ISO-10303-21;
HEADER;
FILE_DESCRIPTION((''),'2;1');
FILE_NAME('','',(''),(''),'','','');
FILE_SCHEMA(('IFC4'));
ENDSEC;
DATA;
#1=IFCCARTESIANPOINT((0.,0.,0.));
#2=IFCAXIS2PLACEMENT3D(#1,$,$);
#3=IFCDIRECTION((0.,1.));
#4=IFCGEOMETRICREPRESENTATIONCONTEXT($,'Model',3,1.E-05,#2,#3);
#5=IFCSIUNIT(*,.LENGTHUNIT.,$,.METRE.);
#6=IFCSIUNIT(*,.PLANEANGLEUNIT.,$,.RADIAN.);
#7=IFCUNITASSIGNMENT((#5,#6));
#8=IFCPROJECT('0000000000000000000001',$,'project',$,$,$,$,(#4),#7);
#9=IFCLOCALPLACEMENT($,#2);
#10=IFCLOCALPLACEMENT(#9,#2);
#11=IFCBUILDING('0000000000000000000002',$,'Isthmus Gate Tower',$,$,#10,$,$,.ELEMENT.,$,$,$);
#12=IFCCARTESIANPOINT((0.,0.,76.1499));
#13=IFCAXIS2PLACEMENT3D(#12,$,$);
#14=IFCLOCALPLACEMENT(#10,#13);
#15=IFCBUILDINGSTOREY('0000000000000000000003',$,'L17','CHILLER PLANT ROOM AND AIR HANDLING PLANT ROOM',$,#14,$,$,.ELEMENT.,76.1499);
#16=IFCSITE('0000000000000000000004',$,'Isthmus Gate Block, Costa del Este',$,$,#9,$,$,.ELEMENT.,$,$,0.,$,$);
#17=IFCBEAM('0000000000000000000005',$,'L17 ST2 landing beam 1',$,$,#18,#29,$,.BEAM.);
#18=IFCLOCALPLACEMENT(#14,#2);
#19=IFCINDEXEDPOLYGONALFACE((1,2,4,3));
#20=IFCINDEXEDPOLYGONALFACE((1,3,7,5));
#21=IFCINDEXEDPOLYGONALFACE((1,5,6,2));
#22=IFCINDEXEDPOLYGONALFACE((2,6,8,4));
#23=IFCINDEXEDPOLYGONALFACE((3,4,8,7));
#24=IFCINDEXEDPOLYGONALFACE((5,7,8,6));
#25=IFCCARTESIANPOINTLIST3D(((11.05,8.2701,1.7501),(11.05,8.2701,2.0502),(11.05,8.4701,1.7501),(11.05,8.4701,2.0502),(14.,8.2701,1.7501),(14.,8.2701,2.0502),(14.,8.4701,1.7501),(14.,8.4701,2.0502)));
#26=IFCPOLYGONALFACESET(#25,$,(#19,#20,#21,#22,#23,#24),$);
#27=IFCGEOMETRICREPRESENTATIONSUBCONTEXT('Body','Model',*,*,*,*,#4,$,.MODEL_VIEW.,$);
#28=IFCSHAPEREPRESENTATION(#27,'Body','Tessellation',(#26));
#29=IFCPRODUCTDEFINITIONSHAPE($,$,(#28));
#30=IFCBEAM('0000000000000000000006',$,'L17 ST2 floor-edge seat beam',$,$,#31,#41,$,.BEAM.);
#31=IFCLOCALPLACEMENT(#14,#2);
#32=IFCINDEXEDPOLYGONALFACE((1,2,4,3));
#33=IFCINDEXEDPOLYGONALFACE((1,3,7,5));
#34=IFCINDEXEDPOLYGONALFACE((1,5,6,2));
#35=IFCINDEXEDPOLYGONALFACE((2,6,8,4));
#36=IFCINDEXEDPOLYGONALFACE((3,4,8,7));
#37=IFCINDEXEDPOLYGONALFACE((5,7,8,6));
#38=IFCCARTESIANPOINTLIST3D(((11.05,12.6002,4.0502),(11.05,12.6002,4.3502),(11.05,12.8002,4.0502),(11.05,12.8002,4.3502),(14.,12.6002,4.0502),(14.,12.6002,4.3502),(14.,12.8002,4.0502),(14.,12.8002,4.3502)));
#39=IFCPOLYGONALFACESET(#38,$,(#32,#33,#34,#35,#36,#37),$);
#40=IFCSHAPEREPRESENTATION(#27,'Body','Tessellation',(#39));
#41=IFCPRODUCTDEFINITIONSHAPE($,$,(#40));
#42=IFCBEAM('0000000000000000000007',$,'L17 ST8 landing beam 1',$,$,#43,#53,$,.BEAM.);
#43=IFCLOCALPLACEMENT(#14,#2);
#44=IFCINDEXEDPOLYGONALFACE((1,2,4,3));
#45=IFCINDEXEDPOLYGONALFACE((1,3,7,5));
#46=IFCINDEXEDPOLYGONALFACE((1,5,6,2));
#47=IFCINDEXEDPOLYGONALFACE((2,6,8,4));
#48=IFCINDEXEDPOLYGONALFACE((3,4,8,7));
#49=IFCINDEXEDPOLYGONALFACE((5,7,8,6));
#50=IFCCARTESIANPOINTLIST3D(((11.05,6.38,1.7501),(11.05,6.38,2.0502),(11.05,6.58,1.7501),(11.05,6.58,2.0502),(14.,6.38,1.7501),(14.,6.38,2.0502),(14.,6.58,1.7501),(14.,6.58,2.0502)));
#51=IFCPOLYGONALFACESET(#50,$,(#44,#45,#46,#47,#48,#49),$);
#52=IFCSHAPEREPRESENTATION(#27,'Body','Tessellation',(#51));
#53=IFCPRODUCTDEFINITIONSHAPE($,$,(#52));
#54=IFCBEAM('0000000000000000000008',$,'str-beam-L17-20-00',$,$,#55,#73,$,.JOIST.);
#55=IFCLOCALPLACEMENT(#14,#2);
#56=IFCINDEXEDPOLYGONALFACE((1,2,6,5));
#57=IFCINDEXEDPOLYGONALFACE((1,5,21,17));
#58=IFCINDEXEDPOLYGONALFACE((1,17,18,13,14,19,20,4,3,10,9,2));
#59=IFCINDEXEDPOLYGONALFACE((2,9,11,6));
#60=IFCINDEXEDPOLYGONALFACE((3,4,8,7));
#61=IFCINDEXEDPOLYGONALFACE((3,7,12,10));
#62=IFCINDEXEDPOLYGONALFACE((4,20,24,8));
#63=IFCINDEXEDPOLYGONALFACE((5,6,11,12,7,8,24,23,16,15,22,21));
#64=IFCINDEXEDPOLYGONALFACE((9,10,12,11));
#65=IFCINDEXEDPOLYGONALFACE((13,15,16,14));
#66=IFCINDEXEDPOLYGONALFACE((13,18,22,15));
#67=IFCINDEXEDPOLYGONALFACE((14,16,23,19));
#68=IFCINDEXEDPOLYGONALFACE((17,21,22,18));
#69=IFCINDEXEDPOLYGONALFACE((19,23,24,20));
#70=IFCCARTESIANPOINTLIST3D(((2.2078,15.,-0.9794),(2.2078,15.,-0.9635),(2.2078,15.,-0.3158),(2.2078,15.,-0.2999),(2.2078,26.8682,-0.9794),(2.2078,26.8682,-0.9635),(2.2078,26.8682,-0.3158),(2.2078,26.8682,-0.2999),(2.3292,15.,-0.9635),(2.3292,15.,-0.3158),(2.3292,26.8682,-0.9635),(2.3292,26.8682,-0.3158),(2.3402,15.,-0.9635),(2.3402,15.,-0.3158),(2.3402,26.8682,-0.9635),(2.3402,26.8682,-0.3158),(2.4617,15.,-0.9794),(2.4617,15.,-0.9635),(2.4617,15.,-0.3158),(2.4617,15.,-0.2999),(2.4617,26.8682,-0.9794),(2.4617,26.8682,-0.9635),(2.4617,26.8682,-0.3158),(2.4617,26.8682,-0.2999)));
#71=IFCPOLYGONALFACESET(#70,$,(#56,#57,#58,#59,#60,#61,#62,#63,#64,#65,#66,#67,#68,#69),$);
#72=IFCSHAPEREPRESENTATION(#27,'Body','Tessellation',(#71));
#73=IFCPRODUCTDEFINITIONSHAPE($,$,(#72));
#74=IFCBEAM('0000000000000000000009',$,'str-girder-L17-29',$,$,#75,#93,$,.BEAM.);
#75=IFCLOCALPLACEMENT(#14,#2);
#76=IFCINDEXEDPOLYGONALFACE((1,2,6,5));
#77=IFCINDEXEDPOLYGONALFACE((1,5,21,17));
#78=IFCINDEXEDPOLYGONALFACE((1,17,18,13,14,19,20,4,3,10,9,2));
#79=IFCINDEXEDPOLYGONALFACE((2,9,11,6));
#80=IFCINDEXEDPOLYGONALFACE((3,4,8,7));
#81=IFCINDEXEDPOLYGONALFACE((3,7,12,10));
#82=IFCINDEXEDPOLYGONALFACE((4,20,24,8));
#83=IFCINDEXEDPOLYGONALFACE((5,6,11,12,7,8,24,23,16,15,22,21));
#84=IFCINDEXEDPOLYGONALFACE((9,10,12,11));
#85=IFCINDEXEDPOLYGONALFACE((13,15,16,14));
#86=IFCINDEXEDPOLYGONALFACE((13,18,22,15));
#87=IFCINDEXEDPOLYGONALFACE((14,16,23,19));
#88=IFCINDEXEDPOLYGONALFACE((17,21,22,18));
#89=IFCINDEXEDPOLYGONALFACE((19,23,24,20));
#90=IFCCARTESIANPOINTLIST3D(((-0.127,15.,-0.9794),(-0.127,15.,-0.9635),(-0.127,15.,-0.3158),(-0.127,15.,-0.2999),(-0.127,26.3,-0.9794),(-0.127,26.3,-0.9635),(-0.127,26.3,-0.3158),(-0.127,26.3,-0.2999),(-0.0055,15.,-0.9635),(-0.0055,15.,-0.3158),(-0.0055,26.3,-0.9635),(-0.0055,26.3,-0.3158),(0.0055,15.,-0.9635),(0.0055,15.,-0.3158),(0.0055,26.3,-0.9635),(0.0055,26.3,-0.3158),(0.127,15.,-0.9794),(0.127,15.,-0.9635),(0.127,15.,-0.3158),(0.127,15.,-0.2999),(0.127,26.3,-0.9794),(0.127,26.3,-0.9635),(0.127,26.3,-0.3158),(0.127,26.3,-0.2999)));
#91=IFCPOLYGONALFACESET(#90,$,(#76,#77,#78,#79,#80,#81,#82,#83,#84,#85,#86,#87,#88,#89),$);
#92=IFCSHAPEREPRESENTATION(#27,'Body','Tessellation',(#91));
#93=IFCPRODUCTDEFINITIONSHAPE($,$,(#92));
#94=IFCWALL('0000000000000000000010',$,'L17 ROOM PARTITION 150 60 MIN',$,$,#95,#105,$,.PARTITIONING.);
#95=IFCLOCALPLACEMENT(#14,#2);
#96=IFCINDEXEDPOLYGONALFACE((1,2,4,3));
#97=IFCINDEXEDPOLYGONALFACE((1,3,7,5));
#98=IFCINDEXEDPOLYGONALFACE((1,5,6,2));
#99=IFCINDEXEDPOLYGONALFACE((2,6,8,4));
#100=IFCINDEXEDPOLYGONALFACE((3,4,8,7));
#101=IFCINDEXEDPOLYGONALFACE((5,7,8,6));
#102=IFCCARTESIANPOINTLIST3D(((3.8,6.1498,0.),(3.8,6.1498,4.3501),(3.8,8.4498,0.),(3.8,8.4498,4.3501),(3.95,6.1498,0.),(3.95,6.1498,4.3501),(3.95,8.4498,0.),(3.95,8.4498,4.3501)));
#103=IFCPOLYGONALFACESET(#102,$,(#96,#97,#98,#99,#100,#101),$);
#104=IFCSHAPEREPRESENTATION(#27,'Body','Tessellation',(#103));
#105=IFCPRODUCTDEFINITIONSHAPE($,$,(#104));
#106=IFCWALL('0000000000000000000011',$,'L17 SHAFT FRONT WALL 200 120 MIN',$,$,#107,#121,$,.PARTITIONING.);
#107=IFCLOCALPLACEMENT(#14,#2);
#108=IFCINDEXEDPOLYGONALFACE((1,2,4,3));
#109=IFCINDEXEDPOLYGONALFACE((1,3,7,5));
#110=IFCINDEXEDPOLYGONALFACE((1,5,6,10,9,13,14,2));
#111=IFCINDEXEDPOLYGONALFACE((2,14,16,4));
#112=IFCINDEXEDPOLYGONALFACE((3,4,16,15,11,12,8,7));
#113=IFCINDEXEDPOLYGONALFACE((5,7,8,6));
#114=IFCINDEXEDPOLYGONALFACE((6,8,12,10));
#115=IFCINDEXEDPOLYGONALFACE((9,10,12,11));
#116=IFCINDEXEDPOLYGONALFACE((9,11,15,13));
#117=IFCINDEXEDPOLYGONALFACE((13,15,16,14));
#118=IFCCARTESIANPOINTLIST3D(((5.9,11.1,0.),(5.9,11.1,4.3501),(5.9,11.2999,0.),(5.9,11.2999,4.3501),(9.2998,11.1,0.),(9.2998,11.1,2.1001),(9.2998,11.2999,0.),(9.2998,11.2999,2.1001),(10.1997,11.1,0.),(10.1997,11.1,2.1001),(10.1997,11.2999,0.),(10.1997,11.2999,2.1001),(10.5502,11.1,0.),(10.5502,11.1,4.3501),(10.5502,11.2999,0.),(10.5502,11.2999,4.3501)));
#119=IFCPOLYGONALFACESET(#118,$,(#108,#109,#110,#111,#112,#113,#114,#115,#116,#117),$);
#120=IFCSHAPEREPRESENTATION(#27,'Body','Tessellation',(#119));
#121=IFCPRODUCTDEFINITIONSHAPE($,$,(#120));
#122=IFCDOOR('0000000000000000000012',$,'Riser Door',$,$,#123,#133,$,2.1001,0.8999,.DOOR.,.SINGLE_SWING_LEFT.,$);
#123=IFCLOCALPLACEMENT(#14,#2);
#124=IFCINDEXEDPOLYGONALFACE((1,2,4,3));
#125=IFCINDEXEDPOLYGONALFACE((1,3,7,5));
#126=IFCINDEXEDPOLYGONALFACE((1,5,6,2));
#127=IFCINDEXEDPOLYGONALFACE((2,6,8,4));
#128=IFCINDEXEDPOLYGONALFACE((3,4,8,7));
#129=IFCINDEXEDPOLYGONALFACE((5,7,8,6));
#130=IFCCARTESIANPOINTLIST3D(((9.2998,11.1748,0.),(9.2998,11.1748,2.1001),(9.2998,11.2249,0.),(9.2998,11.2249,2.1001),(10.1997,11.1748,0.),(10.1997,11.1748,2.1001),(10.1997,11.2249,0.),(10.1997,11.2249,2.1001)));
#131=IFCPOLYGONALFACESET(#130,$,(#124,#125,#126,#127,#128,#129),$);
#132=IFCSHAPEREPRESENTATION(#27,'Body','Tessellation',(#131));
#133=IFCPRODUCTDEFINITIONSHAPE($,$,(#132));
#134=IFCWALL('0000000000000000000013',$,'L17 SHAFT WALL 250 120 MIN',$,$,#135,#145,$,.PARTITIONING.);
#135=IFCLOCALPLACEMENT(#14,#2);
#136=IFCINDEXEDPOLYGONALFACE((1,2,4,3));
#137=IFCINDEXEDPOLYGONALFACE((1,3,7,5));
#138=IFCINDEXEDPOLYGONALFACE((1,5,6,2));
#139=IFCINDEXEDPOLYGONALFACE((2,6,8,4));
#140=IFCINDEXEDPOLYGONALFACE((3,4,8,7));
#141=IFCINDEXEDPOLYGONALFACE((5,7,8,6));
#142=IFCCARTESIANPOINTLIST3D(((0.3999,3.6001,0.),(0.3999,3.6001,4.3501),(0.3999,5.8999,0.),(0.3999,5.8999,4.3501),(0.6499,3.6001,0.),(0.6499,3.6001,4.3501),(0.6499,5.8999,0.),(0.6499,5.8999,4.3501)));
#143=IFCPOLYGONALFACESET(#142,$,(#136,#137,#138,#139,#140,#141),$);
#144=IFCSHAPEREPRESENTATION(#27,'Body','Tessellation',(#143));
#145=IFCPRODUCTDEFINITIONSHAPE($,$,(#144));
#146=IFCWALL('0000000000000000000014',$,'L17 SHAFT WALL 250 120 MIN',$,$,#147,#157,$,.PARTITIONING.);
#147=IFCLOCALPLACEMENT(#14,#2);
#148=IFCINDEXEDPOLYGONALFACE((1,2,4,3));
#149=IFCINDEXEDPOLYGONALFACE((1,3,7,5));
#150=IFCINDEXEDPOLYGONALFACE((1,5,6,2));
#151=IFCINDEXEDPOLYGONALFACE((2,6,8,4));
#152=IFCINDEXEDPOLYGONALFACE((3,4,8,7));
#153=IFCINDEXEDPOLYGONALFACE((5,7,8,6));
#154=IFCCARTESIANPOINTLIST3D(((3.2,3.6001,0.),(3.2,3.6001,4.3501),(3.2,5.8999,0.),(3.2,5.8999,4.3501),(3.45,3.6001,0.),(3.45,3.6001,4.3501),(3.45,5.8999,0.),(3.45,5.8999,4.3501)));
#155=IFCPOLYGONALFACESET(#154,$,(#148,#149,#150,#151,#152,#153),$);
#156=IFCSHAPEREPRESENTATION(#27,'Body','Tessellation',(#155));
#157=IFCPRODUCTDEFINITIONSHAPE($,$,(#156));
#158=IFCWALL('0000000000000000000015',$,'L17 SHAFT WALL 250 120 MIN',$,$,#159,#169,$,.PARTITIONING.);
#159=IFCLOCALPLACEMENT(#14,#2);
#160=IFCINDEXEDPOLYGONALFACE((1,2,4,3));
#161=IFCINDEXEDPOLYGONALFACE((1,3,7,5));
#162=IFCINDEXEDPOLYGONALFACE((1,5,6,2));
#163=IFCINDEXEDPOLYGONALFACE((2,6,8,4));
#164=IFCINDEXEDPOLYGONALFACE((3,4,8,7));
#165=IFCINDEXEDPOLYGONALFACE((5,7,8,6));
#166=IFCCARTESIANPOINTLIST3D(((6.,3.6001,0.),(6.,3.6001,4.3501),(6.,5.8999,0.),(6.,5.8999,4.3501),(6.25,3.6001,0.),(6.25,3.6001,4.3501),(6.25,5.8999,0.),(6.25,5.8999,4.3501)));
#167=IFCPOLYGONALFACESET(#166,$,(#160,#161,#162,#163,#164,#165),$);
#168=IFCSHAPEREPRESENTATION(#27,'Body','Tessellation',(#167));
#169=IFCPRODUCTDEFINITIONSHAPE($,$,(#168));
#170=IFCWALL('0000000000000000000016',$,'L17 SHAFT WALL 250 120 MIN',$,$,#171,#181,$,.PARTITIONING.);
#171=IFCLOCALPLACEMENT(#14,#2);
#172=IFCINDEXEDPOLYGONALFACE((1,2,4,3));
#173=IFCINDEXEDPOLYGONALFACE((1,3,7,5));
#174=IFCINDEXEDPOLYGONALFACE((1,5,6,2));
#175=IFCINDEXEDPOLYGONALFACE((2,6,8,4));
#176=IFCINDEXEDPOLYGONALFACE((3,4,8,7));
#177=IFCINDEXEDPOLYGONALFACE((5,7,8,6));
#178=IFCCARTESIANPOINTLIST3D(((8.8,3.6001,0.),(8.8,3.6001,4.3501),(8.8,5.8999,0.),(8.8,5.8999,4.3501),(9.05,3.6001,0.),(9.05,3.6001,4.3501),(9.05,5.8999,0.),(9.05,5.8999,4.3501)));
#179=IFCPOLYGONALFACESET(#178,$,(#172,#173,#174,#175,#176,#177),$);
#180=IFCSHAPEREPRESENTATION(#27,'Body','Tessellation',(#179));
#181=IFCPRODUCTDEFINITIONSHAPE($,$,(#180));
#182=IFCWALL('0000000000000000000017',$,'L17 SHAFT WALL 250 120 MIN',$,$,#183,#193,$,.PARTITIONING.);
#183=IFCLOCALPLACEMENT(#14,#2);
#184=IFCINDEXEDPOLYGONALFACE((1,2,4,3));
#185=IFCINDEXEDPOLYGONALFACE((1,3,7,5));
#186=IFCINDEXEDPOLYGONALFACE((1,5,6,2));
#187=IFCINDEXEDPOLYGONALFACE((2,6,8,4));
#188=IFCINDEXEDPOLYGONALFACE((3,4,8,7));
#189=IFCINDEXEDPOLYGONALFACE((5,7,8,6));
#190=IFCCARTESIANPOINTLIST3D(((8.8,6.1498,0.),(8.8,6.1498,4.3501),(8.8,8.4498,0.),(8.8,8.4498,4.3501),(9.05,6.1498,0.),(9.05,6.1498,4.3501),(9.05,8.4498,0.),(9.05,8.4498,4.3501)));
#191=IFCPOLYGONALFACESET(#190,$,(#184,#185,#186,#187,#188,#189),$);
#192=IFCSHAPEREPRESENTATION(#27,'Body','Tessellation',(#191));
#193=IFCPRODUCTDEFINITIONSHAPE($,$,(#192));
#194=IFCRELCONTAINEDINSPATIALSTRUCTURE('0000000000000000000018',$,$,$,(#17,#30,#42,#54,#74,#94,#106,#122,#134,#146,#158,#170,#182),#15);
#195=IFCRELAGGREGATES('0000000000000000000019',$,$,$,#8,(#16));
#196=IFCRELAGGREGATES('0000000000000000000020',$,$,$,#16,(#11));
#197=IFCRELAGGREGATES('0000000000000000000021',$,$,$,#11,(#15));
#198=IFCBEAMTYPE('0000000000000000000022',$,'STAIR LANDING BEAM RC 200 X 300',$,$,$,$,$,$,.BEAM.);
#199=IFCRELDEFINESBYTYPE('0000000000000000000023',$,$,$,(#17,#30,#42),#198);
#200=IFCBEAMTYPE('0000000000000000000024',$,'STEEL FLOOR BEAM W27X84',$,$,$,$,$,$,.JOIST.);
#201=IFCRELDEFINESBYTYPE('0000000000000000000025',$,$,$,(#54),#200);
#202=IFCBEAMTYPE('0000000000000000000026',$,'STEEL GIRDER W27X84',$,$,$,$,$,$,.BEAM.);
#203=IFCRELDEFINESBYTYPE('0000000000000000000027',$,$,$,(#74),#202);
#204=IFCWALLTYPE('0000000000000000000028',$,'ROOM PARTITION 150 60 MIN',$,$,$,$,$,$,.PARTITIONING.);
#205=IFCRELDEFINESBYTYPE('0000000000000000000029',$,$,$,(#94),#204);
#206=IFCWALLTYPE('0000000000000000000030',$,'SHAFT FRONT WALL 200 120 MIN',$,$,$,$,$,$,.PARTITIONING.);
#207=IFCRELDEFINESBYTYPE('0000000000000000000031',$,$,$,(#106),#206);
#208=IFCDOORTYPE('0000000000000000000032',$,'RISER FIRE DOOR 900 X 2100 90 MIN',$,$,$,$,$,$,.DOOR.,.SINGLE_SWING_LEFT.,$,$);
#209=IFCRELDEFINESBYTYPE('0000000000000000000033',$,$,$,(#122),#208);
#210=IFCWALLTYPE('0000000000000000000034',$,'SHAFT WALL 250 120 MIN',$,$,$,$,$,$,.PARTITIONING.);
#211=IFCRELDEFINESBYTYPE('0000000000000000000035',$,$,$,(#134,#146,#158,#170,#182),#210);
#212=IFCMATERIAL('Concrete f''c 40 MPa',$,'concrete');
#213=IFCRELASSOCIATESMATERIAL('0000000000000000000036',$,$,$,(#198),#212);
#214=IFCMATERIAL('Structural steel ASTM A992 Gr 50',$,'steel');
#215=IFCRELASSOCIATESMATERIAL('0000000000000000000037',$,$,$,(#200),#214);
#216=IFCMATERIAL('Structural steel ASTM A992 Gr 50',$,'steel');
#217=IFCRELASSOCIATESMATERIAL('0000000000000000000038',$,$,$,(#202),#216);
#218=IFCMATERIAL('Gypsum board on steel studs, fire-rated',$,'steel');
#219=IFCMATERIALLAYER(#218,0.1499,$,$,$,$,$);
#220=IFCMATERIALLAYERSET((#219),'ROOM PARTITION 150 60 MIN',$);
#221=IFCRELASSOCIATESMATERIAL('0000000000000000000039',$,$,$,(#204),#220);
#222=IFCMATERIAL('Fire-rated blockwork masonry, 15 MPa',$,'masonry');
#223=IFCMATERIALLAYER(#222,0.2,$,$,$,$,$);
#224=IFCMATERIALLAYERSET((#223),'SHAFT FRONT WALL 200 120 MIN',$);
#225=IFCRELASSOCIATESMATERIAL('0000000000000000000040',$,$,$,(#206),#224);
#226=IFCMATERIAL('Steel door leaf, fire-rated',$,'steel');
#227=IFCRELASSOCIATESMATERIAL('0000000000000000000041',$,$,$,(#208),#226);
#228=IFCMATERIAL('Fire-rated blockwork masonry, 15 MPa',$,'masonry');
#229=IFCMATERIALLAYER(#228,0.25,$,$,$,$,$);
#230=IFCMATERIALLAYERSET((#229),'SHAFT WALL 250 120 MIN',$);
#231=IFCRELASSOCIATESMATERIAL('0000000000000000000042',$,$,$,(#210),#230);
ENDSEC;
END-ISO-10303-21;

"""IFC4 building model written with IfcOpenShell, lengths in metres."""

from ifc_helpers import new_model, si_unit, direction, frame, frame_2d, origin, origin_2d, place, context, subcontext, project, spatial, rectangle, i_section, extrude, material, layer, layer_set, material_profile, profile_set, type_object, element, fill, save


model = new_model("IFC4")

# Units and contexts
model_context = context("Model", 3, precision=1e-05, world=origin(), true_north=direction((0.0, 1.0)))
body_context = subcontext(model_context, "Body", "Model", "MODEL_VIEW")
ifc_project = project(units=[si_unit("LENGTHUNIT", "METRE"), si_unit("PLANEANGLEUNIT", "RADIAN")], contexts=[model_context])

# Site, building, storey
site_placement = place(None, origin())
site = spatial("IfcSite", under=ifc_project, at=site_placement, Name="Isthmus Gate Block, Costa del Este", CompositionType="ELEMENT", RefElevation=0.0)
building_placement = place(site_placement, origin())
building = spatial("IfcBuilding", under=site, at=building_placement, Name="Isthmus Gate Tower", CompositionType="ELEMENT")
storey_placement = place(building_placement, frame((0.0, 0.0, 76.1499)))
storey = spatial("IfcBuildingStorey", under=building, at=storey_placement, Name="L17", Description="CHILLER PLANT ROOM AND AIR HANDLING PLANT ROOM", CompositionType="ELEMENT", Elevation=76.1499)

# Beams
ifc_material_1 = material(Name="Concrete f'c 40 MPa", Category="concrete")
ifc_material_profile_1 = material_profile(ifc_material_1, rectangle(XDim=0.2, YDim=0.3, at=origin_2d()), Name="STAIR LANDING BEAM RC 200 X 300")
ifc_profile_set_1 = profile_set([ifc_material_profile_1], Name="Concrete f'c 40 MPa")
beam_type_1 = type_object("IfcBeamType", Name="STAIR LANDING BEAM RC 200 X 300", PredefinedType="BEAM", material=ifc_profile_set_1)
for number, where, z_axis, x_axis, name in (
    (1, (11.05, 8.3701, 1.9001), (1.0, 0.0, 0.0), (0.0, 1.0, 0.0), "L17 ST2 landing beam 1"),
    (2, (11.05, 12.7002, 4.2002), (1.0, 0.0, 0.0), (0.0, 1.0, 0.0), "L17 ST2 floor-edge seat beam"),
    (3, (11.05, 6.48, 1.9001), (1.0, 0.0, 0.0), (0.0, 1.0, 0.0), "L17 ST8 landing beam 1"),
):
    element("IfcBeam", number, at=place(storey_placement, frame(where, z_axis=z_axis, x_axis=x_axis)), inside=storey, type_object=beam_type_1, Name=name, PredefinedType="BEAM", context=body_context, shape_type="SweptSolid", body=[
        extrude(rectangle(XDim=0.2, YDim=0.3, at=origin_2d()), origin(), (0.0, 0.0, 1.0), 2.95),
    ])
ifc_material_2 = material(Name="Structural steel ASTM A992 Gr 50", Category="steel")
ifc_material_profile_2 = material_profile(ifc_material_2, i_section(OverallWidth=0.2539, OverallDepth=0.6794, WebThickness=0.011, FlangeThickness=0.0159, at=origin_2d()), Name="W27X84")
ifc_profile_set_2 = profile_set([ifc_material_profile_2], Name="Structural steel ASTM A992 Gr 50")
beam_type_2 = type_object("IfcBeamType", Name="STEEL FLOOR BEAM W27X84", PredefinedType="JOIST", material=ifc_profile_set_2)
beam_1_placement = place(storey_placement, frame((2.3347, 15.0, -0.6396), z_axis=(0.0, 1.0, 0.0), x_axis=(-1.0, 0.0, 0.0)))
element("IfcBeam", 4, at=beam_1_placement, inside=storey, type_object=beam_type_2, Name="str-beam-L17-20-00", PredefinedType="JOIST", context=body_context, shape_type="SweptSolid", body=[
    extrude(i_section(OverallWidth=0.2539, OverallDepth=0.6794, WebThickness=0.011, FlangeThickness=0.0159, at=origin_2d()), origin(), (0.0, 0.0, 1.0), 11.8682),
])
ifc_material_3 = material(Name="Structural steel ASTM A992 Gr 50", Category="steel")
ifc_material_profile_3 = material_profile(ifc_material_3, i_section(OverallWidth=0.2539, OverallDepth=0.6794, WebThickness=0.011, FlangeThickness=0.0159, at=origin_2d()), Name="W27X84")
ifc_profile_set_3 = profile_set([ifc_material_profile_3], Name="Structural steel ASTM A992 Gr 50")
beam_type_3 = type_object("IfcBeamType", Name="STEEL GIRDER W27X84", PredefinedType="BEAM", material=ifc_profile_set_3)
beam_2_placement = place(storey_placement, frame((0.0, 15.0, -0.6396), z_axis=(0.0, 1.0, 0.0), x_axis=(-1.0, 0.0, 0.0)))
element("IfcBeam", 5, at=beam_2_placement, inside=storey, type_object=beam_type_3, Name="str-girder-L17-29", PredefinedType="BEAM", context=body_context, shape_type="SweptSolid", body=[
    extrude(i_section(OverallWidth=0.2539, OverallDepth=0.6794, WebThickness=0.011, FlangeThickness=0.0159, at=origin_2d()), origin(), (0.0, 0.0, 1.0), 11.3),
])

# Wall
ifc_material_4 = material(Name="Gypsum board on steel studs, fire-rated", Category="steel")
ifc_layer_1 = layer(ifc_material_4, 0.1499)
ifc_layer_set_1 = layer_set([ifc_layer_1], Name="ROOM PARTITION 150 60 MIN")
wall_type_1 = type_object("IfcWallType", Name="ROOM PARTITION 150 60 MIN", PredefinedType="PARTITIONING", material=ifc_layer_set_1)
wall_1_placement = place(storey_placement, frame((3.875, 6.1499, 0.0), z_axis=(0.0, 0.0, 1.0), x_axis=(0.0, 1.0, 0.0)))
element("IfcWall", 6, at=wall_1_placement, inside=storey, type_object=wall_type_1, Name="L17 ROOM PARTITION 150 60 MIN", PredefinedType="PARTITIONING", context=body_context, shape_type="SweptSolid", body=[
    extrude(rectangle(XDim=2.3, YDim=0.1499, at=frame_2d((1.1499, 0.0))), origin(), (0.0, 0.0, 1.0), 4.3501),
])

# Wall, opening, door
ifc_material_5 = material(Name="Fire-rated blockwork masonry, 15 MPa", Category="masonry")
ifc_layer_2 = layer(ifc_material_5, 0.2)
ifc_layer_set_2 = layer_set([ifc_layer_2], Name="SHAFT FRONT WALL 200 120 MIN")
wall_type_2 = type_object("IfcWallType", Name="SHAFT FRONT WALL 200 120 MIN", PredefinedType="PARTITIONING", material=ifc_layer_set_2)
wall_2_placement = place(storey_placement, frame((5.8999, 11.2, 0.0), z_axis=(0.0, 0.0, 1.0), x_axis=(1.0, 0.0, 0.0)))
wall_2 = element("IfcWall", 7, at=wall_2_placement, inside=storey, type_object=wall_type_2, Name="L17 SHAFT FRONT WALL 200 120 MIN", PredefinedType="PARTITIONING", context=body_context, shape_type="SweptSolid", body=[
    extrude(rectangle(XDim=4.6501, YDim=0.2, at=frame_2d((2.3252, 0.0))), origin(), (0.0, 0.0, 1.0), 4.3501),
])
opening_placement = place(wall_2_placement, frame((3.3999, 0.0, 0.0)))
opening = element("IfcOpeningElement", 8, at=opening_placement, cuts=wall_2, PredefinedType="OPENING", context=body_context, shape_type="SweptSolid", body=[
    extrude(rectangle(XDim=0.8999, YDim=2.1001, at=frame_2d((0.45, 1.05))), frame((0.0, 0.1099, 0.0), z_axis=(0.0, -1.0, 0.0), x_axis=(1.0, 0.0, 0.0)), (0.0, 0.0, 1.0), 0.22),
])
ifc_material_6 = material(Name="Steel door leaf, fire-rated", Category="steel")
door_type = type_object("IfcDoorType", Name="RISER FIRE DOOR 900 X 2100 90 MIN", OperationType="SINGLE_SWING_LEFT", PredefinedType="DOOR", material=ifc_material_6)
door_placement = place(opening_placement, origin())
door = element("IfcDoor", 9, at=door_placement, inside=storey, type_object=door_type, Name="Riser Door", OperationType="SINGLE_SWING_LEFT", OverallHeight=2.1001, OverallWidth=0.8999, PredefinedType="DOOR", context=body_context, shape_type="SweptSolid", body=[
    extrude(rectangle(XDim=0.8999, YDim=2.1001, at=frame_2d((0.45, 1.05))), frame((0.0, 0.0249, 0.0), z_axis=(0.0, -1.0, 0.0), x_axis=(1.0, 0.0, 0.0)), (0.0, 0.0, 1.0), 0.05),
])
fill(opening, door)

# Walls
ifc_material_7 = material(Name="Fire-rated blockwork masonry, 15 MPa", Category="masonry")
ifc_layer_3 = layer(ifc_material_7, 0.25)
ifc_layer_set_3 = layer_set([ifc_layer_3], Name="SHAFT WALL 250 120 MIN")
wall_type_3 = type_object("IfcWallType", Name="SHAFT WALL 250 120 MIN", PredefinedType="PARTITIONING", material=ifc_layer_set_3)
for number, where, z_axis, x_axis, name in (
    (10, (0.5249, 3.6001, 0.0), (0.0, 0.0, 1.0), (0.0, 1.0, 0.0), "L17 SHAFT WALL 250 120 MIN"),
    (11, (3.325, 3.6001, 0.0), (0.0, 0.0, 1.0), (0.0, 1.0, 0.0), "L17 SHAFT WALL 250 120 MIN"),
    (12, (6.125, 3.6001, 0.0), (0.0, 0.0, 1.0), (0.0, 1.0, 0.0), "L17 SHAFT WALL 250 120 MIN"),
    (13, (8.925, 3.6001, 0.0), (0.0, 0.0, 1.0), (0.0, 1.0, 0.0), "L17 SHAFT WALL 250 120 MIN"),
):
    element("IfcWall", number, at=place(storey_placement, frame(where, z_axis=z_axis, x_axis=x_axis)), inside=storey, type_object=wall_type_3, Name=name, PredefinedType="PARTITIONING", context=body_context, shape_type="SweptSolid", body=[
        extrude(rectangle(XDim=2.2998, YDim=0.25, at=frame_2d((1.1499, 0.0))), origin(), (0.0, 0.0, 1.0), 4.3501),
    ])
wall_3_placement = place(storey_placement, frame((8.925, 6.1499, 0.0), z_axis=(0.0, 0.0, 1.0), x_axis=(0.0, 1.0, 0.0)))
element("IfcWall", 14, at=wall_3_placement, inside=storey, type_object=wall_type_3, Name="L17 SHAFT WALL 250 120 MIN", PredefinedType="PARTITIONING", context=body_context, shape_type="SweptSolid", body=[
    extrude(rectangle(XDim=2.3, YDim=0.25, at=frame_2d((1.1499, 0.0))), origin(), (0.0, 0.0, 1.0), 4.3501),
])

save(model, "model.ifc")
